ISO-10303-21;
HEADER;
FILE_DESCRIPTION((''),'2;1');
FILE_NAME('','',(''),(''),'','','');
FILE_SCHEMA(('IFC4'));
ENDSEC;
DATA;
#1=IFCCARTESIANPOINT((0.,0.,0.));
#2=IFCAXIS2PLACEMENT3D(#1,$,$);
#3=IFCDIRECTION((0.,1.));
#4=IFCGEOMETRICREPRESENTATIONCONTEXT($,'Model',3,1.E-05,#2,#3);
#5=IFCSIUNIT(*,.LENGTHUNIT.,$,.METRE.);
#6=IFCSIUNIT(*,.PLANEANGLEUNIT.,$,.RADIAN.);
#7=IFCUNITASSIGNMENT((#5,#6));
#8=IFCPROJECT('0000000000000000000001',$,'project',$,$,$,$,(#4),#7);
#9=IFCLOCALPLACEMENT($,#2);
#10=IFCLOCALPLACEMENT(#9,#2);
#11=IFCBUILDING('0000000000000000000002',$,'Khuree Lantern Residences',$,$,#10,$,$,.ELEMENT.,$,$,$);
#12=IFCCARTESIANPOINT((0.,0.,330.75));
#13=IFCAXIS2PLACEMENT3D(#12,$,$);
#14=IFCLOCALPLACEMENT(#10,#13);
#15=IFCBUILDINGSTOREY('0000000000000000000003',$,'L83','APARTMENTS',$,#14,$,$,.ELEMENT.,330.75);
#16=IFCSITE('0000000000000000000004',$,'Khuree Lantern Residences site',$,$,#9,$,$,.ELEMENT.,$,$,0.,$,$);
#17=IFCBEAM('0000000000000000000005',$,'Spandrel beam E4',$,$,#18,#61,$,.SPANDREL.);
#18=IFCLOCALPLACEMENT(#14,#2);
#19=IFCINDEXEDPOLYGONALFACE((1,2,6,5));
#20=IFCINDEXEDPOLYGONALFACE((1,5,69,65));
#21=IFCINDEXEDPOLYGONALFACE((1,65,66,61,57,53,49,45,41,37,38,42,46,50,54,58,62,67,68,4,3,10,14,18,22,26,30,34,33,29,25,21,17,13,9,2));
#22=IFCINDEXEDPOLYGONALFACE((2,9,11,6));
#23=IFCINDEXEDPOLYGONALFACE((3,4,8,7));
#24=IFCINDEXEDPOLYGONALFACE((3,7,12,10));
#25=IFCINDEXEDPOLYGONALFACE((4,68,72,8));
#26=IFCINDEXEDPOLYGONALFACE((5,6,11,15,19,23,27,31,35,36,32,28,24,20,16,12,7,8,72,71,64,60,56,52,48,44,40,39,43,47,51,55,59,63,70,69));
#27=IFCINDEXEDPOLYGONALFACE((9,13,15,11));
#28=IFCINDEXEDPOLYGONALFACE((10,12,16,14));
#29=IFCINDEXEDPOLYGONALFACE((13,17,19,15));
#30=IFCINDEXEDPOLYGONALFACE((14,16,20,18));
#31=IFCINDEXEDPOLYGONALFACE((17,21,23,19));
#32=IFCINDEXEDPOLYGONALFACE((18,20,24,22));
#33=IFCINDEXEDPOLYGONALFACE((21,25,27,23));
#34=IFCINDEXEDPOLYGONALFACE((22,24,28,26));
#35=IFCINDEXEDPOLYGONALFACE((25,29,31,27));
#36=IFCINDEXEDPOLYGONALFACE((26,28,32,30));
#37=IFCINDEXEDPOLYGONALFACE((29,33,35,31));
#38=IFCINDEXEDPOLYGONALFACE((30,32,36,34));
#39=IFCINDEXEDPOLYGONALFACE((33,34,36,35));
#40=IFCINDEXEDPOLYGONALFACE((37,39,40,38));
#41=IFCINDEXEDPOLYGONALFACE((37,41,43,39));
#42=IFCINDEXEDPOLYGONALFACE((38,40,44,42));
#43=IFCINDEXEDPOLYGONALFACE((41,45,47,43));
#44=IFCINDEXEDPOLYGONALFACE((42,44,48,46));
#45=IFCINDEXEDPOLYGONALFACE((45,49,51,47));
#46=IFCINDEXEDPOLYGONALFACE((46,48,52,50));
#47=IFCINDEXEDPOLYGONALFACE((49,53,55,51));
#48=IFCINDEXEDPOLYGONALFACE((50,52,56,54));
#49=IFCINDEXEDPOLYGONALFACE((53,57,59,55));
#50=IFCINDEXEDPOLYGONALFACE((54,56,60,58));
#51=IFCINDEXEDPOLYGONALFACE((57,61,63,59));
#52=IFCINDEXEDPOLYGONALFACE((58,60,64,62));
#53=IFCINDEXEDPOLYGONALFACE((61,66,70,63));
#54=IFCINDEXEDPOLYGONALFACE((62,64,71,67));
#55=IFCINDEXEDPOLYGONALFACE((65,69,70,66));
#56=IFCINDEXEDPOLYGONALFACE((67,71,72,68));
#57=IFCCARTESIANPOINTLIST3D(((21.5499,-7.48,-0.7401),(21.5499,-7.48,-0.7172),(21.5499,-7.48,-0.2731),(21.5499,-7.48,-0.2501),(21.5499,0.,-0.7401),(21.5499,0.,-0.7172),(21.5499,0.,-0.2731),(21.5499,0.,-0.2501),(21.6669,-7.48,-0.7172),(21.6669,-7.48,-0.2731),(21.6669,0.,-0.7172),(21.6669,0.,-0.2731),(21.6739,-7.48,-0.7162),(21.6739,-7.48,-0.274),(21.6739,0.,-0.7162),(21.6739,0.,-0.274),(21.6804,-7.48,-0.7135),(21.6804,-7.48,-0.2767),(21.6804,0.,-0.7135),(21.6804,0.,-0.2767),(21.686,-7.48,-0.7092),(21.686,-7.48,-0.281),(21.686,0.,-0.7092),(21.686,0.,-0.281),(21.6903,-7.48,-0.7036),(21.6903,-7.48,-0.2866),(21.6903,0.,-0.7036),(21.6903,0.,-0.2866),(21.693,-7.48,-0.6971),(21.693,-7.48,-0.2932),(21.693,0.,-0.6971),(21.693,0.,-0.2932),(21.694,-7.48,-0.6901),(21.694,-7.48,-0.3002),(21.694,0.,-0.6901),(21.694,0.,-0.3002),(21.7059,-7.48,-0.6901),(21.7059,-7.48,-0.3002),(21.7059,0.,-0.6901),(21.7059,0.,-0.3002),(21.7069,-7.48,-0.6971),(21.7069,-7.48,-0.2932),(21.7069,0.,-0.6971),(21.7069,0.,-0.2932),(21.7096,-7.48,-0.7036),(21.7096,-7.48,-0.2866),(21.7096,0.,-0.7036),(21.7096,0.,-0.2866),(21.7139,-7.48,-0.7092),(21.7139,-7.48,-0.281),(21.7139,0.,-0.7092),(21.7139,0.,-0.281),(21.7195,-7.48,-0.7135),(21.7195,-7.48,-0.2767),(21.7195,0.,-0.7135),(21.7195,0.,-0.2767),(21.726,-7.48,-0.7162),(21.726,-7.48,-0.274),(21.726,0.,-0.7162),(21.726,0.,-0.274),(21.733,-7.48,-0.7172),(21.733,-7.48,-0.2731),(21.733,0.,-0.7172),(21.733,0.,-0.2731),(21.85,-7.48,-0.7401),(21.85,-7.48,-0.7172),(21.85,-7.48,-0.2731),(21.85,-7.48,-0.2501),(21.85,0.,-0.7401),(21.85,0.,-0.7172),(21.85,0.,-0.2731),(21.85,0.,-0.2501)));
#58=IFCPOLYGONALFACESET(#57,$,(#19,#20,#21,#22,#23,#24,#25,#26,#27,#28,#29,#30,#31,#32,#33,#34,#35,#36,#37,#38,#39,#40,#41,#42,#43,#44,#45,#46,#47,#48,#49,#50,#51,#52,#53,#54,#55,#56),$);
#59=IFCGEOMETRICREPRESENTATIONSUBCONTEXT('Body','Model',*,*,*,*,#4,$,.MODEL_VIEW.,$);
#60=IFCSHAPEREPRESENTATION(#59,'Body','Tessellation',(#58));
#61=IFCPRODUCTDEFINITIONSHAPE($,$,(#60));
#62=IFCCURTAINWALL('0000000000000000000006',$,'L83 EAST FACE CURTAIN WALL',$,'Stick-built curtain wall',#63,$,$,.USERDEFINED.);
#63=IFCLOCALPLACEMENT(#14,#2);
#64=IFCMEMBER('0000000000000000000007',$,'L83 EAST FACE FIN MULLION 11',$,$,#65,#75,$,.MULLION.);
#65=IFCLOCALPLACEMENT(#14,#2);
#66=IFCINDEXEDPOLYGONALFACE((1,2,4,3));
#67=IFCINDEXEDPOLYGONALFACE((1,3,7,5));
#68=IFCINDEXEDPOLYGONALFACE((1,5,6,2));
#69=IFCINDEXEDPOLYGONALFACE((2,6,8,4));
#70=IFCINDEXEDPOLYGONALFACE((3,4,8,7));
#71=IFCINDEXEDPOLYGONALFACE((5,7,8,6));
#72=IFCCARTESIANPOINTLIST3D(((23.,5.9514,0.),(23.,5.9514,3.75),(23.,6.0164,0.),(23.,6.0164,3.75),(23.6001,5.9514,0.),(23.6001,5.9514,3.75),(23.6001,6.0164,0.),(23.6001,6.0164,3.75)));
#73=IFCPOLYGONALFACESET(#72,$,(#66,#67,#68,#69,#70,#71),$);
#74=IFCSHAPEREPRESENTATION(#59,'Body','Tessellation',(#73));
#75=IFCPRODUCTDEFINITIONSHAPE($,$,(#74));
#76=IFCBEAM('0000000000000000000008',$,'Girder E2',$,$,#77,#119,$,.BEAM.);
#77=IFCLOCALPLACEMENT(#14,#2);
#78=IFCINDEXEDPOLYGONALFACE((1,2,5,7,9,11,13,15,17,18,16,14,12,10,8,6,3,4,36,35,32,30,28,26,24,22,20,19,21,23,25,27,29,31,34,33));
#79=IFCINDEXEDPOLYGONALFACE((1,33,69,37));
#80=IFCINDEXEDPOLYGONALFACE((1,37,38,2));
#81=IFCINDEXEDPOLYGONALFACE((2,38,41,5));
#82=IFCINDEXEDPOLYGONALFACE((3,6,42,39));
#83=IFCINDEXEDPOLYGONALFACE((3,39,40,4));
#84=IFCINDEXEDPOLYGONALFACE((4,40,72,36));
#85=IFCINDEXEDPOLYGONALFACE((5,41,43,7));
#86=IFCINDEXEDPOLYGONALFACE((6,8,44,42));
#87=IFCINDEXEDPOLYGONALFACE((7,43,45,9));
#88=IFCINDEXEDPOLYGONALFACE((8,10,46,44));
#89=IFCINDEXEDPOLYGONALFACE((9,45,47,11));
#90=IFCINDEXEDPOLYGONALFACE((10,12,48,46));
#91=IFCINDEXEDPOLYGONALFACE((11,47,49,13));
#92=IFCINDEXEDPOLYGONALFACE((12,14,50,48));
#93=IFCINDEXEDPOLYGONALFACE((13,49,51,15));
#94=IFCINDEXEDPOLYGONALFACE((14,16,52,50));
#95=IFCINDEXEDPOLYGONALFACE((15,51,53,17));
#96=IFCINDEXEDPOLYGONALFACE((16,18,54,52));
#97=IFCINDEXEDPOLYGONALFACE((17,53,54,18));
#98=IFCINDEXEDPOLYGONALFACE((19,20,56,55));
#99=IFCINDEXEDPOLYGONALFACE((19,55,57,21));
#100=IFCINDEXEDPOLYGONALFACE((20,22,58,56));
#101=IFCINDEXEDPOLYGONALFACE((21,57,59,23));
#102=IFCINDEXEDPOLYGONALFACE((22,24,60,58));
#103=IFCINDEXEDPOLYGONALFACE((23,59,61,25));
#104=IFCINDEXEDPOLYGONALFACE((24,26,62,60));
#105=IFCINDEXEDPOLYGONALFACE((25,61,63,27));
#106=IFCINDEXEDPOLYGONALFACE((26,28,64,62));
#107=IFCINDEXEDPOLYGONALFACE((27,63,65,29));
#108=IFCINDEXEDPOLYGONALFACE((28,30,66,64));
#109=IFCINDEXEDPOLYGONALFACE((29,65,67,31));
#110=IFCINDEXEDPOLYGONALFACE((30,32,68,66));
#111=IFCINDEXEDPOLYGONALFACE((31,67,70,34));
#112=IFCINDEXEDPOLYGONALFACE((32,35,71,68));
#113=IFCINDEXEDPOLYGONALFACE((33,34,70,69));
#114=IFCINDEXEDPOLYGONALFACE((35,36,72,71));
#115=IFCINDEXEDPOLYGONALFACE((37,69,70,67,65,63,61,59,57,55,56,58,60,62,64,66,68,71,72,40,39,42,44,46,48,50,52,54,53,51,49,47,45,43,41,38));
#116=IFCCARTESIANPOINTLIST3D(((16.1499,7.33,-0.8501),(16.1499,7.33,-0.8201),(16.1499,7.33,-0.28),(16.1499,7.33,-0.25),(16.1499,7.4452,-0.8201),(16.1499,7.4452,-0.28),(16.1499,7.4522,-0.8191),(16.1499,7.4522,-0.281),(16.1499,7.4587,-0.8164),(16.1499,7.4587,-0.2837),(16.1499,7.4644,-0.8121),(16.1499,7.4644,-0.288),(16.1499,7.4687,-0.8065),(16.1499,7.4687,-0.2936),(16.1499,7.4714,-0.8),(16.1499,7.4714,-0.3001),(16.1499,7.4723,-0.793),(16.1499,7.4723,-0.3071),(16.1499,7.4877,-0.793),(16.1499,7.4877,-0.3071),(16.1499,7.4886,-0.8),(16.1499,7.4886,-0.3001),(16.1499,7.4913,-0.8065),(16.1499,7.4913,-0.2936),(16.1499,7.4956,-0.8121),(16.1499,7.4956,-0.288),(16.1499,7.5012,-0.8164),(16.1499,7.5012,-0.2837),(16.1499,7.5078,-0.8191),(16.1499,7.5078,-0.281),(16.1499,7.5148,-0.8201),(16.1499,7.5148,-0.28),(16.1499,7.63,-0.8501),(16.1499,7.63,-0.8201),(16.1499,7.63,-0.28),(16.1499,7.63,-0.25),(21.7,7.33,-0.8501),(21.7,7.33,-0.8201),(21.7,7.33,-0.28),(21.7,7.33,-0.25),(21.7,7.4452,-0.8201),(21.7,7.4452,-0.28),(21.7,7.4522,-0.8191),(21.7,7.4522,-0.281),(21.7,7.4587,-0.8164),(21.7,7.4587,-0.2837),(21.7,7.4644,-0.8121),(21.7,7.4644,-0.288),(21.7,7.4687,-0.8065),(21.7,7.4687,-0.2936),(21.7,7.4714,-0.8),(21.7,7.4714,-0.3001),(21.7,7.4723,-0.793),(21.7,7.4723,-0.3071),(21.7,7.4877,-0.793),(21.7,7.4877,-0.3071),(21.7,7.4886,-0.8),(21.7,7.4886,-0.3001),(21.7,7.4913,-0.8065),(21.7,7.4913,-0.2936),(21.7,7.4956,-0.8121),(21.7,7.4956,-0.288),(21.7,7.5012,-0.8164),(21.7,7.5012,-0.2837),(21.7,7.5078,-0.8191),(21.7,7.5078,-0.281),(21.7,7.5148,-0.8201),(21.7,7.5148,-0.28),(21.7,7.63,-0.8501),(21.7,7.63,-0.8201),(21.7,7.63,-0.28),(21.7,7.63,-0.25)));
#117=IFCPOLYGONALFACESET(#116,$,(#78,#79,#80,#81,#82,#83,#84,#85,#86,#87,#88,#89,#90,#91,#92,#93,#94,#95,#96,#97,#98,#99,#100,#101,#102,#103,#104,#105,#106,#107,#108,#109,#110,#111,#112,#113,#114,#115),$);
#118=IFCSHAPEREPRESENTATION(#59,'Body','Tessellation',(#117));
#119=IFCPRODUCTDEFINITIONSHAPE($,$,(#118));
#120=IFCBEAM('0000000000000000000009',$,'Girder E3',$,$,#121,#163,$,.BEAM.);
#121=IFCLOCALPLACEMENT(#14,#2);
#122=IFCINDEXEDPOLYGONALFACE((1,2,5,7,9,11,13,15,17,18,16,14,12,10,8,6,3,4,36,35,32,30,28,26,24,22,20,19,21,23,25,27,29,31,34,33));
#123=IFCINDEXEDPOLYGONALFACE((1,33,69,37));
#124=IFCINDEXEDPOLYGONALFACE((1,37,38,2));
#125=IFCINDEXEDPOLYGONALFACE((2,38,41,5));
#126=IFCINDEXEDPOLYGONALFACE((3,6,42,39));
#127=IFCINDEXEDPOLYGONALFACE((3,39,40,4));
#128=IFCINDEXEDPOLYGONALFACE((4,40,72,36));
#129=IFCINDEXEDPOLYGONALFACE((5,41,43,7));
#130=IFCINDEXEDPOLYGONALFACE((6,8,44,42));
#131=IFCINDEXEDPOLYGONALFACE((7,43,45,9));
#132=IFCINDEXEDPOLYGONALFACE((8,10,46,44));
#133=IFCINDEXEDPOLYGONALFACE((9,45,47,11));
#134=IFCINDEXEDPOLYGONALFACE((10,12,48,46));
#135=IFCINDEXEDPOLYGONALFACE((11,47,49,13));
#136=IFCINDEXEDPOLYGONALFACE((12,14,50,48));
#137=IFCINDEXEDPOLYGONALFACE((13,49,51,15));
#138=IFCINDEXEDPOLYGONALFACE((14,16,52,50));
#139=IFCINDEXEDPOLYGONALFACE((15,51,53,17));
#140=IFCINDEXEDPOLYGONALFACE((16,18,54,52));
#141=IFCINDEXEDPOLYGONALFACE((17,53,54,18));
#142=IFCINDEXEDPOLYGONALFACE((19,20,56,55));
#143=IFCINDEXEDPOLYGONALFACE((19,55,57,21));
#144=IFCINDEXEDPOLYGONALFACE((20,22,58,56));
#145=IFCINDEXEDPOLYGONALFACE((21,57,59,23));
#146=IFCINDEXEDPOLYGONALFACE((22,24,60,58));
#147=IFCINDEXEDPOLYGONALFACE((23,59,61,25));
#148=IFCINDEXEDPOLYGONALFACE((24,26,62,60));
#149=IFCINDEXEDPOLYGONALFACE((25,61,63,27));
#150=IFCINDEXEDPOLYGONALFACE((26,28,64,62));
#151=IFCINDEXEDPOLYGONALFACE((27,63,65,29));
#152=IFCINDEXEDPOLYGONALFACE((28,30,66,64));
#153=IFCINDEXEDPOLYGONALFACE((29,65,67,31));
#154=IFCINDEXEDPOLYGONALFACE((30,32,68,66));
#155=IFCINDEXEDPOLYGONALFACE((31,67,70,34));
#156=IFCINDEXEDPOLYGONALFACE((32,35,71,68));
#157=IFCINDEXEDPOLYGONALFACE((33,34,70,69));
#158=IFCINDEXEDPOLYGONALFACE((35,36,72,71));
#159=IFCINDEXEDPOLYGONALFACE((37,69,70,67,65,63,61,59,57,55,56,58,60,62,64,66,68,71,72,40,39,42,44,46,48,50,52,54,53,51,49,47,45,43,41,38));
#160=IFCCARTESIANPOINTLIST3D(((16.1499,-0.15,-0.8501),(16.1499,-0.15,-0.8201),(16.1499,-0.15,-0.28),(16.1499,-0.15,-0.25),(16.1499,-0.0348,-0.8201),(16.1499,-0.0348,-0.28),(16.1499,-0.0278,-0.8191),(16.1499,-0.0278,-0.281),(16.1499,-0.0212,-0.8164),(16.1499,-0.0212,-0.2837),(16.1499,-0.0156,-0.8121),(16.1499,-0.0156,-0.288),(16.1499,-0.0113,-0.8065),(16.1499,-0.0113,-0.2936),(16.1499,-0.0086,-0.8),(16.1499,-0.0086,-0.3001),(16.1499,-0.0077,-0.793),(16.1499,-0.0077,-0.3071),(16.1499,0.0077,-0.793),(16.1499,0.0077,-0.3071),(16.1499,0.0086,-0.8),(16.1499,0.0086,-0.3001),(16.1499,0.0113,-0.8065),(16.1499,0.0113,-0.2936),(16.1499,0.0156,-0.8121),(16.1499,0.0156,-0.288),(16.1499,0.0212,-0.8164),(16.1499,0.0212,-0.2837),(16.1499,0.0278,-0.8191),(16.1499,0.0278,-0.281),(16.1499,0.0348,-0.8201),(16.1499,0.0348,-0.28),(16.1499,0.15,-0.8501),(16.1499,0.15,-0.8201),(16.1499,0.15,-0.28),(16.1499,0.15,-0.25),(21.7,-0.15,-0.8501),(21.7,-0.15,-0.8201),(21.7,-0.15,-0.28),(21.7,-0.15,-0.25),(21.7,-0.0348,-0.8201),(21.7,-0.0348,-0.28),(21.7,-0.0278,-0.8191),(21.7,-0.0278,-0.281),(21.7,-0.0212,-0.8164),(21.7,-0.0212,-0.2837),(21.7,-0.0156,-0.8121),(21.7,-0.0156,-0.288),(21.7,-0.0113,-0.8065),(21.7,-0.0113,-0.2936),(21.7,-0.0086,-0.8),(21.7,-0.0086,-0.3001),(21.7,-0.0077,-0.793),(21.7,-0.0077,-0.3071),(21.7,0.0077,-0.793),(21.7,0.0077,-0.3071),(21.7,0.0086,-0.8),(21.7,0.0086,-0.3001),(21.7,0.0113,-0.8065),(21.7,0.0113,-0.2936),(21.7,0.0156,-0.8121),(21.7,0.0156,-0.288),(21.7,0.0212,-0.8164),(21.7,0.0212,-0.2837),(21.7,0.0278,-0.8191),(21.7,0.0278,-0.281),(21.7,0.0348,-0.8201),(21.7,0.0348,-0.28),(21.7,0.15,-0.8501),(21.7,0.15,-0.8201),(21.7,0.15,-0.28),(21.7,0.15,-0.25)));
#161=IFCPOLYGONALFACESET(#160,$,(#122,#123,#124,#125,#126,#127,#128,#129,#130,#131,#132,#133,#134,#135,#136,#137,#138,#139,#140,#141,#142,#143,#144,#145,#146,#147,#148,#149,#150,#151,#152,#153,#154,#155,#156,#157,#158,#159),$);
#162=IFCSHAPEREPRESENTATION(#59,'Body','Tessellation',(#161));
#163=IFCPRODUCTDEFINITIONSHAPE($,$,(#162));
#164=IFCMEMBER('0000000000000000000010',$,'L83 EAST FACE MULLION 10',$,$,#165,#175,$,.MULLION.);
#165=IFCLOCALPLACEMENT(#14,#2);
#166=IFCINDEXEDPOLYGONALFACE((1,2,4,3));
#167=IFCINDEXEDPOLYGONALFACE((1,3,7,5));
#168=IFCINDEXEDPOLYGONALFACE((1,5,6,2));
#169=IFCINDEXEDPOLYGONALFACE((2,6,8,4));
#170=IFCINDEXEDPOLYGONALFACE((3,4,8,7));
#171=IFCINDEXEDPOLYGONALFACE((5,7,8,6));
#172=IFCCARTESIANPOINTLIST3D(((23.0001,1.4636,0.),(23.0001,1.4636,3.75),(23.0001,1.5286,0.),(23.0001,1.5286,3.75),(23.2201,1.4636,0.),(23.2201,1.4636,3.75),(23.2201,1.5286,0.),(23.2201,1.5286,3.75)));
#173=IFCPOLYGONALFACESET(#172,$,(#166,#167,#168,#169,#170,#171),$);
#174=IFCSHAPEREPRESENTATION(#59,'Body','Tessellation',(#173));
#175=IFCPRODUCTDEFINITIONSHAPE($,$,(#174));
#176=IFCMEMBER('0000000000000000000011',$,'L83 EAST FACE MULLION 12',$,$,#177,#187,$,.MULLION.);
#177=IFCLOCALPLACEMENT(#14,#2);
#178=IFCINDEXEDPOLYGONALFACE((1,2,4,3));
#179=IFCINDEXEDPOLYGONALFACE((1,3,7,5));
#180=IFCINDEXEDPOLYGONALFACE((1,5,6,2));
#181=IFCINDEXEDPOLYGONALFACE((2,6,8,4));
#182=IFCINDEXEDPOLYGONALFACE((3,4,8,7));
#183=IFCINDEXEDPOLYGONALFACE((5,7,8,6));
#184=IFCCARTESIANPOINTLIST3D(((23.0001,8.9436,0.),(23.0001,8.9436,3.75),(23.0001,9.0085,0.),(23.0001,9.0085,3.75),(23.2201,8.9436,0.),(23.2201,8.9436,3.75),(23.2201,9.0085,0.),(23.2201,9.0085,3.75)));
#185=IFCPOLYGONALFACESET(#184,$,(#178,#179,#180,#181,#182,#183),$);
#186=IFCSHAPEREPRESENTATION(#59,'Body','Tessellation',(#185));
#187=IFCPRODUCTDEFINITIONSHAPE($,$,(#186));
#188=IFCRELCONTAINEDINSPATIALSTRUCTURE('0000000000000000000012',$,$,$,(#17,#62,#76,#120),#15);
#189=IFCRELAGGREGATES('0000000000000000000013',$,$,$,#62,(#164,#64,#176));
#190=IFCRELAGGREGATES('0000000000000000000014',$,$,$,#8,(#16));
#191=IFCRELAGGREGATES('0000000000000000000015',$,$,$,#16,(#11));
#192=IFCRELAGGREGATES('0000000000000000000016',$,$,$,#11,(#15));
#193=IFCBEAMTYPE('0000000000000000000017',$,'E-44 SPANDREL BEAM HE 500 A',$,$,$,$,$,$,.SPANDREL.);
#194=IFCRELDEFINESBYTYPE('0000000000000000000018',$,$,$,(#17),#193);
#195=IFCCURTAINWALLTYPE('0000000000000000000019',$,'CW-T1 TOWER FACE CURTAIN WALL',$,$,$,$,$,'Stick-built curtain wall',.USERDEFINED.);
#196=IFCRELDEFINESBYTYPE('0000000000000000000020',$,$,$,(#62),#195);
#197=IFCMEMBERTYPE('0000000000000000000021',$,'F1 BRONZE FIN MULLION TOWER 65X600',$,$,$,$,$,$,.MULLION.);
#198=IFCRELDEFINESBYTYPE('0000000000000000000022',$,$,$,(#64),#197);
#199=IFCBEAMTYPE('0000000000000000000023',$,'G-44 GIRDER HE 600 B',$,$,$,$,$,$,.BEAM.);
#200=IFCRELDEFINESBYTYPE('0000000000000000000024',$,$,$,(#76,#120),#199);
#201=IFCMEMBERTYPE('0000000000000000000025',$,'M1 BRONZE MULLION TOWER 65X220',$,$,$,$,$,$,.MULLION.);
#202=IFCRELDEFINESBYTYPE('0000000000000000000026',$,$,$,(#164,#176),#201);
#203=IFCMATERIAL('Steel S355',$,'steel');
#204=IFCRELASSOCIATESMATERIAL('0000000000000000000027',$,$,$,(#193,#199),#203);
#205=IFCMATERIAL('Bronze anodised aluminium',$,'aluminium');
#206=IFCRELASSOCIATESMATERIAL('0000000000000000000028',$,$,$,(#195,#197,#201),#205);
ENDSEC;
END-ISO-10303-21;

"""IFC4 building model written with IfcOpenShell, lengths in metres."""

from ifc_helpers import new_model, si_unit, direction, frame, origin, origin_2d, place, context, subcontext, project, spatial, rectangle, i_section, extrude, material, material_profile, profile_set, type_object, element, aggregate, save


model = new_model("IFC4")

# Units and contexts
model_context = context("Model", 3, precision=1e-05, world=origin(), true_north=direction((0.0, 1.0)))
body_context = subcontext(model_context, "Body", "Model", "MODEL_VIEW")
ifc_project = project(units=[si_unit("LENGTHUNIT", "METRE"), si_unit("PLANEANGLEUNIT", "RADIAN")], contexts=[model_context])

# Site, building, storey
site_placement = place(None, origin())
site = spatial("IfcSite", under=ifc_project, at=site_placement, Name="Khuree Lantern Residences site", CompositionType="ELEMENT", RefElevation=0.0)
building_placement = place(site_placement, origin())
building = spatial("IfcBuilding", under=site, at=building_placement, Name="Khuree Lantern Residences", CompositionType="ELEMENT")
storey_placement = place(building_placement, frame((0.0, 0.0, 330.75)))
storey = spatial("IfcBuildingStorey", under=building, at=storey_placement, Name="L83", Description="APARTMENTS", CompositionType="ELEMENT", Elevation=330.75)

# Beam
ifc_material_1 = material(Name="Steel S355", Category="steel")
ifc_material_profile_1 = material_profile(ifc_material_1, i_section(OverallWidth=0.3, OverallDepth=0.49, WebThickness=0.012, FlangeThickness=0.0229, FilletRadius=0.0271, at=origin_2d()), Name="HE 500 A")
ifc_profile_set_1 = profile_set([ifc_material_profile_1], Name="Steel S355")
beam_type_1 = type_object("IfcBeamType", Name="E-44 SPANDREL BEAM HE 500 A", PredefinedType="SPANDREL", material=ifc_profile_set_1)
for number, where, z_axis, x_axis, name in (
    (1, (21.7, 0.0, -0.4951), (0.0, -1.0, 0.0), (1.0, 0.0, 0.0), "Spandrel beam E4"),
):
    element("IfcBeam", number, at=place(storey_placement, frame(where, z_axis=z_axis, x_axis=x_axis)), inside=storey, type_object=beam_type_1, Name=name, PredefinedType="SPANDREL", context=body_context, shape_type="SweptSolid", body=[
        extrude(i_section(OverallWidth=0.3, OverallDepth=0.49, WebThickness=0.012, FlangeThickness=0.0229, FilletRadius=0.0271, at=origin_2d()), origin(), (0.0, 0.0, 1.0), 7.48),
    ])

# Curtain wall, member
ifc_material_2 = material(Name="Bronze anodised aluminium", Category="aluminium")
curtain_wall_type = type_object("IfcCurtainWallType", Name="CW-T1 TOWER FACE CURTAIN WALL", ElementType="Stick-built curtain wall", PredefinedType="USERDEFINED", material=ifc_material_2)
curtain_wall_placement = place(storey_placement, origin())
curtain_wall = element("IfcCurtainWall", 2, at=curtain_wall_placement, inside=storey, type_object=curtain_wall_type, Name="L83 EAST FACE CURTAIN WALL", ObjectType="Stick-built curtain wall", PredefinedType="USERDEFINED")
ifc_material_profile_2 = material_profile(ifc_material_2, rectangle(XDim=0.0649, YDim=0.6001, at=origin_2d()), Name="F1 65X600")
ifc_profile_set_2 = profile_set([ifc_material_profile_2], Name="Bronze anodised aluminium")
member_type_1 = type_object("IfcMemberType", Name="F1 BRONZE FIN MULLION TOWER 65X600", PredefinedType="MULLION", material=ifc_profile_set_2)
member_1_placement = place(storey_placement, frame((23.3, 5.9839, 0.0), z_axis=(0.0, 0.0, 1.0), x_axis=(0.0, 1.0, 0.0)))
member_1 = element("IfcMember", 3, at=member_1_placement, type_object=member_type_1, Name="L83 EAST FACE FIN MULLION 11", PredefinedType="MULLION", context=body_context, shape_type="SweptSolid", body=[
    extrude(rectangle(XDim=0.0649, YDim=0.6001, at=origin_2d()), origin(), (0.0, 0.0, 1.0), 3.75),
])

# Beams
ifc_material_profile_3 = material_profile(ifc_material_1, i_section(OverallWidth=0.3, OverallDepth=0.6001, WebThickness=0.0154, FlangeThickness=0.03, FilletRadius=0.0271, at=origin_2d()), Name="HE 600 B")
ifc_profile_set_3 = profile_set([ifc_material_profile_3], Name="Steel S355")
beam_type_2 = type_object("IfcBeamType", Name="G-44 GIRDER HE 600 B", PredefinedType="BEAM", material=ifc_profile_set_3)
for number, where, z_axis, x_axis, name in (
    (4, (21.7, 7.48, -0.55), (-1.0, 0.0, 0.0), (0.0, -1.0, 0.0), "Girder E2"),
    (5, (21.7, 0.0, -0.55), (-1.0, 0.0, 0.0), (0.0, -1.0, 0.0), "Girder E3"),
):
    element("IfcBeam", number, at=place(storey_placement, frame(where, z_axis=z_axis, x_axis=x_axis)), inside=storey, type_object=beam_type_2, Name=name, PredefinedType="BEAM", context=body_context, shape_type="SweptSolid", body=[
        extrude(i_section(OverallWidth=0.3, OverallDepth=0.6001, WebThickness=0.0154, FlangeThickness=0.03, FilletRadius=0.0271, at=origin_2d()), origin(), (0.0, 0.0, 1.0), 5.55),
    ])

# Members
ifc_material_profile_4 = material_profile(ifc_material_2, rectangle(XDim=0.0649, YDim=0.22, at=origin_2d()), Name="M1 65X220")
ifc_profile_set_4 = profile_set([ifc_material_profile_4], Name="Bronze anodised aluminium")
member_type_2 = type_object("IfcMemberType", Name="M1 BRONZE MULLION TOWER 65X220", PredefinedType="MULLION", material=ifc_profile_set_4)
member_2_placement = place(storey_placement, frame((23.1101, 1.4961, 0.0), z_axis=(0.0, 0.0, 1.0), x_axis=(0.0, 1.0, 0.0)))
member_2 = element("IfcMember", 6, at=member_2_placement, type_object=member_type_2, Name="L83 EAST FACE MULLION 10", PredefinedType="MULLION", context=body_context, shape_type="SweptSolid", body=[
    extrude(rectangle(XDim=0.0649, YDim=0.22, at=origin_2d()), origin(), (0.0, 0.0, 1.0), 3.75),
])
member_3_placement = place(storey_placement, frame((23.1101, 8.9761, 0.0), z_axis=(0.0, 0.0, 1.0), x_axis=(0.0, 1.0, 0.0)))
member_3 = element("IfcMember", 7, at=member_3_placement, type_object=member_type_2, Name="L83 EAST FACE MULLION 12", PredefinedType="MULLION", context=body_context, shape_type="SweptSolid", body=[
    extrude(rectangle(XDim=0.0649, YDim=0.22, at=origin_2d()), origin(), (0.0, 0.0, 1.0), 3.75),
])

aggregate(curtain_wall, [member_2, member_1, member_3])

save(model, "model.ifc")
